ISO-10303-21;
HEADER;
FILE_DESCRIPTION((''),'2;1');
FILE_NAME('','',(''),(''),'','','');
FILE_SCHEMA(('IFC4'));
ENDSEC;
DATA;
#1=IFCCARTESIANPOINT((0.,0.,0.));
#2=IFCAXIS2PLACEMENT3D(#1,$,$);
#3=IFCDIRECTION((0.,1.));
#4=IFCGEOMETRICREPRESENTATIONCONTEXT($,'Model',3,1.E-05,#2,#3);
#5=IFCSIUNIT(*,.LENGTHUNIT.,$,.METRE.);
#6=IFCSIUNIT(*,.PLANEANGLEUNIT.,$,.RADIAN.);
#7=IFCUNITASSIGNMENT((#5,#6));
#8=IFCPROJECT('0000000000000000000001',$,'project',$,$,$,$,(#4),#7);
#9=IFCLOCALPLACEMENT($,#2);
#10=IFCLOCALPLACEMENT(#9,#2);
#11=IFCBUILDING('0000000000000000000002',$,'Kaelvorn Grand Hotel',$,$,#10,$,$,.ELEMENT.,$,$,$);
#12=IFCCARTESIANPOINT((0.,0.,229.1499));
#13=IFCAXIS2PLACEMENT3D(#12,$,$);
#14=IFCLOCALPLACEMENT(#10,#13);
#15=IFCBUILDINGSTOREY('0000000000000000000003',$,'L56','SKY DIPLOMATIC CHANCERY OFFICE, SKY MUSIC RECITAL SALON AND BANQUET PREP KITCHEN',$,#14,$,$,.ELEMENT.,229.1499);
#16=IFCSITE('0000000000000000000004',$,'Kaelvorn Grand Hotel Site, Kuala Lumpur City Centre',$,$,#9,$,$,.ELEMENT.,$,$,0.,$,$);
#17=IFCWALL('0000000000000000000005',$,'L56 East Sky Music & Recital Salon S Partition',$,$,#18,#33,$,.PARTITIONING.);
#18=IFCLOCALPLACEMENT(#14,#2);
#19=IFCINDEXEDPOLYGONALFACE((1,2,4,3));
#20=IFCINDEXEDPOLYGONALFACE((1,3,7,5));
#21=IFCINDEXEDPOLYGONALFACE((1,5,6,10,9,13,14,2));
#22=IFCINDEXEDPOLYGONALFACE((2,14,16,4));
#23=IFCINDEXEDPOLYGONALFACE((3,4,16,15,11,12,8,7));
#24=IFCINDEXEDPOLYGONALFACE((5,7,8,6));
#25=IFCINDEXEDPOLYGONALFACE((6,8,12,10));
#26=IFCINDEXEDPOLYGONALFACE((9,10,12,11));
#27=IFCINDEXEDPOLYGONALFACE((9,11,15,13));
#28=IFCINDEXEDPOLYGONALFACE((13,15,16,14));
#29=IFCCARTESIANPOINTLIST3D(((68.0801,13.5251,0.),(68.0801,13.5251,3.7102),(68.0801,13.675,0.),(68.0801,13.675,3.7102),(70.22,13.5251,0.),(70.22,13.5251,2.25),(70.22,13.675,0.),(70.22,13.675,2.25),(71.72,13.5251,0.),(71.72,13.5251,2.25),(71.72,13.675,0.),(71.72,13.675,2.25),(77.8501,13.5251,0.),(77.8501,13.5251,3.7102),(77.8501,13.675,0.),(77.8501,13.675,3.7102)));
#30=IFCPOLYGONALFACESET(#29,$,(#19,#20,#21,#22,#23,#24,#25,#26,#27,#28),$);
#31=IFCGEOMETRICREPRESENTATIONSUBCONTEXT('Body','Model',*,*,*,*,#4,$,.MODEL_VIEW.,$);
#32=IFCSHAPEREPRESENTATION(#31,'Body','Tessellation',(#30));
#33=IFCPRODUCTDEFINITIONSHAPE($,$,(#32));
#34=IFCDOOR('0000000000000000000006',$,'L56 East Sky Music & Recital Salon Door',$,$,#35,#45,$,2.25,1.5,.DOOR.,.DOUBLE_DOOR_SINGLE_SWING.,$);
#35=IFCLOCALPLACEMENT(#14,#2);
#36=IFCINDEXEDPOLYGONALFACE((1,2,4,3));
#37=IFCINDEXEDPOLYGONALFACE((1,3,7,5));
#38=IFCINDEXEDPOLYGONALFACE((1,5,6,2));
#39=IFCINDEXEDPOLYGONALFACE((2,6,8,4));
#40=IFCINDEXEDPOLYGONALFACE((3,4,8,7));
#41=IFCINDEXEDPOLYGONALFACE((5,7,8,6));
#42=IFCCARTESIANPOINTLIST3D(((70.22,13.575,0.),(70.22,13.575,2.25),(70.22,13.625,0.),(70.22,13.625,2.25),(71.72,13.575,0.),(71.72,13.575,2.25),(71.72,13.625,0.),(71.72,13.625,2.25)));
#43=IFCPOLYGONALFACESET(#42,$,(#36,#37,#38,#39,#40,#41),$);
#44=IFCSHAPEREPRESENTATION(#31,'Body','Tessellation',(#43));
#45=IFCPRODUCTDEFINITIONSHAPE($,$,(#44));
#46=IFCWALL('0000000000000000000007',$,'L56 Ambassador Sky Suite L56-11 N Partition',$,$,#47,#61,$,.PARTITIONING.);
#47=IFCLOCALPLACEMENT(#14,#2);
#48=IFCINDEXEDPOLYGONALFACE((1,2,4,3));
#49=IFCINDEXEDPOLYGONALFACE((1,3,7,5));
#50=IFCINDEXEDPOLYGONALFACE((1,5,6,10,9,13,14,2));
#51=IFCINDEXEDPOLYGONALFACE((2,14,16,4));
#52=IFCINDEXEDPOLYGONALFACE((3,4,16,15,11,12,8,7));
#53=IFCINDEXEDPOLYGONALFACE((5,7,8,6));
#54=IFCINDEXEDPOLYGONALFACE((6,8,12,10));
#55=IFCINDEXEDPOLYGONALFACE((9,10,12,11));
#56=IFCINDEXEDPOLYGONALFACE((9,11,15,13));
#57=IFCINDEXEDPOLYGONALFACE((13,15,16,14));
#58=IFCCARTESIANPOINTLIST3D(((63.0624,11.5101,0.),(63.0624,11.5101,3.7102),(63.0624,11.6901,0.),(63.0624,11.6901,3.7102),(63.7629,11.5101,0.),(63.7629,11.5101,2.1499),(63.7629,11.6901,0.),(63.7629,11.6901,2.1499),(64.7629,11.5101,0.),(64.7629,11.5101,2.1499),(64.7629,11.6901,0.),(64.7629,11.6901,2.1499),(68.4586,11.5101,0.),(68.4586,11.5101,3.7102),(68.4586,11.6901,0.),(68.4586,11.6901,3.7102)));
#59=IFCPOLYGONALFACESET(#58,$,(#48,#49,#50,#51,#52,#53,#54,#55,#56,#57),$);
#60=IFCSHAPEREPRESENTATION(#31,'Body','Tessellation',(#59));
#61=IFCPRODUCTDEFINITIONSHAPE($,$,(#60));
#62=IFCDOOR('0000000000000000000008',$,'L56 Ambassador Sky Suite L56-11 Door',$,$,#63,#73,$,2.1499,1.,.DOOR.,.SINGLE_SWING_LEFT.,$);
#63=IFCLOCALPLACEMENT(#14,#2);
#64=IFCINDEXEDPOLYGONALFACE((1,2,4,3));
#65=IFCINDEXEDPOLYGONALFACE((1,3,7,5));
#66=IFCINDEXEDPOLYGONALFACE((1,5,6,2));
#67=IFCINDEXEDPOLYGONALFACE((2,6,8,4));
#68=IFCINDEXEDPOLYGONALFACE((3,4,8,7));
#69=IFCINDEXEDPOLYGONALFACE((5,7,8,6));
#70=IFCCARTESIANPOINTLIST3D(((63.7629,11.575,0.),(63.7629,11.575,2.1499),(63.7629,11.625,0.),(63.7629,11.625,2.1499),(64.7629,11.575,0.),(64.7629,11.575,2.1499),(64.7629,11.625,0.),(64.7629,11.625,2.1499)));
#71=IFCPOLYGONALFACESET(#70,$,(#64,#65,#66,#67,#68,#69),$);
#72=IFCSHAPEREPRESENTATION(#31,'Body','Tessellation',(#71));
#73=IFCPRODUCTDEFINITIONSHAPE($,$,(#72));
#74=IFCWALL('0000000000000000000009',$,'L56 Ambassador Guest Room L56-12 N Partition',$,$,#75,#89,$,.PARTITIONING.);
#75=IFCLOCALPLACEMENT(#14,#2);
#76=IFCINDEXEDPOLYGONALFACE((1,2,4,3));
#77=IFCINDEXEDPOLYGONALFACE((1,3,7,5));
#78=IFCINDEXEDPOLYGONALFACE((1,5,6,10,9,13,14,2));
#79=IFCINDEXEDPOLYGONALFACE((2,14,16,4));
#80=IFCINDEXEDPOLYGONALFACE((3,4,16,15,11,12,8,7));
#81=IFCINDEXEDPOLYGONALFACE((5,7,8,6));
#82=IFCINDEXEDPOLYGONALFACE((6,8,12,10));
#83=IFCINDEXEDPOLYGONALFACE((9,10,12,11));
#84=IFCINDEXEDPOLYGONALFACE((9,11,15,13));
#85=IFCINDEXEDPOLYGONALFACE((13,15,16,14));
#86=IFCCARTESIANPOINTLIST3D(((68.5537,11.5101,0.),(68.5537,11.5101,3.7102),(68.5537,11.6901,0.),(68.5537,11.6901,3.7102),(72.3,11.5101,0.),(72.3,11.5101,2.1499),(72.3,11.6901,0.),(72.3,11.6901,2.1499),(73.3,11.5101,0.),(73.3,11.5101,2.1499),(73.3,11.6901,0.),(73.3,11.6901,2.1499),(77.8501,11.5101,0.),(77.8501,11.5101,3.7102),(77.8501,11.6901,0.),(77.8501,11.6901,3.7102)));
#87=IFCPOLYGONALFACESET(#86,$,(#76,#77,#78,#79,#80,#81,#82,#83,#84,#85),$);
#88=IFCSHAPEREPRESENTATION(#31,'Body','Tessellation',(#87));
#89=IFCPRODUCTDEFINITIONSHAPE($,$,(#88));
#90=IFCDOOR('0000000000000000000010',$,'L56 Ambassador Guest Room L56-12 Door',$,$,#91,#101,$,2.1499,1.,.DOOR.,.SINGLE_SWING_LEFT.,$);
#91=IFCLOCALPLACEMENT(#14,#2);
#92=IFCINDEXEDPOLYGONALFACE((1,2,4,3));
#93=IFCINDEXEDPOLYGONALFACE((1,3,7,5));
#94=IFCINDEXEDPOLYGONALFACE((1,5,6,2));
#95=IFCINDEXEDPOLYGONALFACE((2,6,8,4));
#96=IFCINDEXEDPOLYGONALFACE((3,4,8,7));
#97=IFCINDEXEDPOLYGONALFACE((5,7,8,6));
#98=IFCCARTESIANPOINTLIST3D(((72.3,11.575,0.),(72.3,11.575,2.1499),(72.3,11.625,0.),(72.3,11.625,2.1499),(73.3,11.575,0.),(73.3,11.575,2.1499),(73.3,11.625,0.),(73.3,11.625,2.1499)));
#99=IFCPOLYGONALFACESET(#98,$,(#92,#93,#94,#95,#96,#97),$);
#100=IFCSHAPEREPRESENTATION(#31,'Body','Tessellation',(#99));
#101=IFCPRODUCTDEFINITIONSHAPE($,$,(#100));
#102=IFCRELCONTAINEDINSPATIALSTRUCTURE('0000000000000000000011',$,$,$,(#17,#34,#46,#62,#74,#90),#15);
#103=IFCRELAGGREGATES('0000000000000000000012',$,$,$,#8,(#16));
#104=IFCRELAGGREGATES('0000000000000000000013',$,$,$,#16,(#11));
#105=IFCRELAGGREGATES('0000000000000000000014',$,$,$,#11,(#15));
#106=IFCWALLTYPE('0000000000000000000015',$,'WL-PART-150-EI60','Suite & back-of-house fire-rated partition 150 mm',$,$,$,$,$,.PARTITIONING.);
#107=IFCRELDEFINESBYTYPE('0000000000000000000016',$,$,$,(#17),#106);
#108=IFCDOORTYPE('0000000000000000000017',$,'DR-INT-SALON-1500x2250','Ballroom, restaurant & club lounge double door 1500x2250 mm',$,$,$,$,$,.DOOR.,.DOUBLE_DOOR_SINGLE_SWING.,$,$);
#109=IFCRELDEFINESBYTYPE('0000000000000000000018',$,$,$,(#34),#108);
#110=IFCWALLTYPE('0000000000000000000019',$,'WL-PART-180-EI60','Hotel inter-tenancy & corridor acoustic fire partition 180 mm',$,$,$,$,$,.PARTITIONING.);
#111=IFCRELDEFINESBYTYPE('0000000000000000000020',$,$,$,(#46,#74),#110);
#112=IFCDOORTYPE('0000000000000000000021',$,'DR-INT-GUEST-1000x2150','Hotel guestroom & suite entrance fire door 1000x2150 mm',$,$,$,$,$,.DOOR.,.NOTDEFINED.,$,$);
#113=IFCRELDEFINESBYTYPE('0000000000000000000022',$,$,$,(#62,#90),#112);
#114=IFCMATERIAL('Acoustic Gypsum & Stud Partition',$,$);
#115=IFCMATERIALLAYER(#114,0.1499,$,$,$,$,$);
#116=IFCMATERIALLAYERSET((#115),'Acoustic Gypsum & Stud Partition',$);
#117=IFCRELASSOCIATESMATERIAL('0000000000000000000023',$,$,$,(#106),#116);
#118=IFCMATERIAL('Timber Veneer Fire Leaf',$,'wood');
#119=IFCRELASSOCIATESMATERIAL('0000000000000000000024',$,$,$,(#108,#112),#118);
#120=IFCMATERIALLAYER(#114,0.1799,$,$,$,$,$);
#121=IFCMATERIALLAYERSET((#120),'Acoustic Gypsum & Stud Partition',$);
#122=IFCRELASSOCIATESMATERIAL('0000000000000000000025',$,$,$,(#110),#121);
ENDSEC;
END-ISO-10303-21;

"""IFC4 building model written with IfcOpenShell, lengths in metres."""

from ifc_helpers import new_model, si_unit, direction, frame, frame_2d, origin, place, context, subcontext, project, spatial, rectangle, extrude, material, layer, layer_set, type_object, element, fill, save


model = new_model("IFC4")

# Units and contexts
model_context = context("Model", 3, precision=1e-05, world=origin(), true_north=direction((0.0, 1.0)))
body_context = subcontext(model_context, "Body", "Model", "MODEL_VIEW")
ifc_project = project(units=[si_unit("LENGTHUNIT", "METRE"), si_unit("PLANEANGLEUNIT", "RADIAN")], contexts=[model_context])

# Site, building, storey
site_placement = place(None, origin())
site = spatial("IfcSite", under=ifc_project, at=site_placement, Name="Kaelvorn Grand Hotel Site, Kuala Lumpur City Centre", CompositionType="ELEMENT", RefElevation=0.0)
building_placement = place(site_placement, origin())
building = spatial("IfcBuilding", under=site, at=building_placement, Name="Kaelvorn Grand Hotel", CompositionType="ELEMENT")
storey_placement = place(building_placement, frame((0.0, 0.0, 229.1499)))
storey = spatial("IfcBuildingStorey", under=building, at=storey_placement, Name="L56", Description="SKY DIPLOMATIC CHANCERY OFFICE, SKY MUSIC RECITAL SALON AND BANQUET PREP KITCHEN", CompositionType="ELEMENT", Elevation=229.1499)

# Shared definitions
ifc_material_1 = material(Name="Acoustic Gypsum & Stud Partition")
ifc_layer_1 = layer(ifc_material_1, 0.1499)
ifc_layer_set_1 = layer_set([ifc_layer_1], Name="Acoustic Gypsum & Stud Partition")
wall_type_1 = type_object("IfcWallType", Name="WL-PART-150-EI60", Description="Suite & back-of-house fire-rated partition 150 mm", PredefinedType="PARTITIONING", material=ifc_layer_set_1)

# Walls, openings, doors
wall_1_placement = place(storey_placement, frame((68.0801, 13.6001, 0.0), z_axis=(0.0, 0.0, 1.0), x_axis=(1.0, 0.0, 0.0)))
wall_1 = element("IfcWall", 1, at=wall_1_placement, inside=storey, type_object=wall_type_1, Name="L56 East Sky Music & Recital Salon S Partition", PredefinedType="PARTITIONING", context=body_context, shape_type="SweptSolid", body=[
    extrude(rectangle(XDim=9.77, YDim=0.1499, at=frame_2d((4.885, 0.0))), origin(), (0.0, 0.0, 1.0), 3.7102),
])
opening_1_placement = place(wall_1_placement, frame((2.1399, 0.0, 0.0)))
opening_1 = element("IfcOpeningElement", 2, at=opening_1_placement, cuts=wall_1, PredefinedType="OPENING", context=body_context, shape_type="SweptSolid", body=[
    extrude(rectangle(XDim=1.5, YDim=2.25, at=frame_2d((0.75, 1.125))), frame((0.0, 0.085, 0.0), z_axis=(0.0, -1.0, 0.0), x_axis=(1.0, 0.0, 0.0)), (0.0, 0.0, 1.0), 0.1699),
])
ifc_material_2 = material(Name="Timber Veneer Fire Leaf", Category="wood")
door_type_1 = type_object("IfcDoorType", Name="DR-INT-SALON-1500x2250", Description="Ballroom, restaurant & club lounge double door 1500x2250 mm", OperationType="DOUBLE_DOOR_SINGLE_SWING", PredefinedType="DOOR", material=ifc_material_2)
door_1_placement = place(opening_1_placement, origin())
door_1 = element("IfcDoor", 3, at=door_1_placement, inside=storey, type_object=door_type_1, Name="L56 East Sky Music & Recital Salon Door", OperationType="DOUBLE_DOOR_SINGLE_SWING", OverallHeight=2.25, OverallWidth=1.5, PredefinedType="DOOR", context=body_context, shape_type="SweptSolid", body=[
    extrude(rectangle(XDim=1.5, YDim=2.25, at=frame_2d((0.75, 1.125))), frame((0.0, 0.0249, 0.0), z_axis=(0.0, -1.0, 0.0), x_axis=(1.0, 0.0, 0.0)), (0.0, 0.0, 1.0), 0.05),
])
fill(opening_1, door_1)
ifc_layer_2 = layer(ifc_material_1, 0.1799)
ifc_layer_set_2 = layer_set([ifc_layer_2], Name="Acoustic Gypsum & Stud Partition")
wall_type_2 = type_object("IfcWallType", Name="WL-PART-180-EI60", Description="Hotel inter-tenancy & corridor acoustic fire partition 180 mm", PredefinedType="PARTITIONING", material=ifc_layer_set_2)
wall_2_placement = place(storey_placement, frame((63.0623, 11.6001, 0.0), z_axis=(0.0, 0.0, 1.0), x_axis=(1.0, 0.0, 0.0)))
wall_2 = element("IfcWall", 4, at=wall_2_placement, inside=storey, type_object=wall_type_2, Name="L56 Ambassador Sky Suite L56-11 N Partition", PredefinedType="PARTITIONING", context=body_context, shape_type="SweptSolid", body=[
    extrude(rectangle(XDim=5.3962, YDim=0.1799, at=frame_2d((2.6982, 0.0))), origin(), (0.0, 0.0, 1.0), 3.7102),
])
opening_2_placement = place(wall_2_placement, frame((0.7007, 0.0, 0.0)))
opening_2 = element("IfcOpeningElement", 5, at=opening_2_placement, cuts=wall_2, PredefinedType="OPENING", context=body_context, shape_type="SweptSolid", body=[
    extrude(rectangle(XDim=1.0, YDim=2.1499, at=frame_2d((0.5, 1.075))), frame((0.0, 0.1001, 0.0), z_axis=(0.0, -1.0, 0.0), x_axis=(1.0, 0.0, 0.0)), (0.0, 0.0, 1.0), 0.2),
])
door_type_2 = type_object("IfcDoorType", Name="DR-INT-GUEST-1000x2150", Description="Hotel guestroom & suite entrance fire door 1000x2150 mm", OperationType="NOTDEFINED", PredefinedType="DOOR", material=ifc_material_2)
door_2_placement = place(opening_2_placement, origin())
door_2 = element("IfcDoor", 6, at=door_2_placement, inside=storey, type_object=door_type_2, Name="L56 Ambassador Sky Suite L56-11 Door", OperationType="SINGLE_SWING_LEFT", OverallHeight=2.1499, OverallWidth=1.0, PredefinedType="DOOR", context=body_context, shape_type="SweptSolid", body=[
    extrude(rectangle(XDim=1.0, YDim=2.1499, at=frame_2d((0.5, 1.075))), frame((0.0, 0.0249, 0.0), z_axis=(0.0, -1.0, 0.0), x_axis=(1.0, 0.0, 0.0)), (0.0, 0.0, 1.0), 0.05),
])
fill(opening_2, door_2)
wall_3_placement = place(storey_placement, frame((68.5537, 11.6001, 0.0), z_axis=(0.0, 0.0, 1.0), x_axis=(1.0, 0.0, 0.0)))
wall_3 = element("IfcWall", 7, at=wall_3_placement, inside=storey, type_object=wall_type_2, Name="L56 Ambassador Guest Room L56-12 N Partition", PredefinedType="PARTITIONING", context=body_context, shape_type="SweptSolid", body=[
    extrude(rectangle(XDim=9.2964, YDim=0.1799, at=frame_2d((4.6482, 0.0))), origin(), (0.0, 0.0, 1.0), 3.7102),
])
opening_3_placement = place(wall_3_placement, frame((3.7463, 0.0, 0.0)))
opening_3 = element("IfcOpeningElement", 8, at=opening_3_placement, cuts=wall_3, PredefinedType="OPENING", context=body_context, shape_type="SweptSolid", body=[
    extrude(rectangle(XDim=1.0, YDim=2.1499, at=frame_2d((0.5, 1.075))), frame((0.0, 0.1001, 0.0), z_axis=(0.0, -1.0, 0.0), x_axis=(1.0, 0.0, 0.0)), (0.0, 0.0, 1.0), 0.2),
])
door_3_placement = place(opening_3_placement, origin())
door_3 = element("IfcDoor", 9, at=door_3_placement, inside=storey, type_object=door_type_2, Name="L56 Ambassador Guest Room L56-12 Door", OperationType="SINGLE_SWING_LEFT", OverallHeight=2.1499, OverallWidth=1.0, PredefinedType="DOOR", context=body_context, shape_type="SweptSolid", body=[
    extrude(rectangle(XDim=1.0, YDim=2.1499, at=frame_2d((0.5, 1.075))), frame((0.0, 0.0249, 0.0), z_axis=(0.0, -1.0, 0.0), x_axis=(1.0, 0.0, 0.0)), (0.0, 0.0, 1.0), 0.05),
])
fill(opening_3, door_3)

save(model, "model.ifc")
